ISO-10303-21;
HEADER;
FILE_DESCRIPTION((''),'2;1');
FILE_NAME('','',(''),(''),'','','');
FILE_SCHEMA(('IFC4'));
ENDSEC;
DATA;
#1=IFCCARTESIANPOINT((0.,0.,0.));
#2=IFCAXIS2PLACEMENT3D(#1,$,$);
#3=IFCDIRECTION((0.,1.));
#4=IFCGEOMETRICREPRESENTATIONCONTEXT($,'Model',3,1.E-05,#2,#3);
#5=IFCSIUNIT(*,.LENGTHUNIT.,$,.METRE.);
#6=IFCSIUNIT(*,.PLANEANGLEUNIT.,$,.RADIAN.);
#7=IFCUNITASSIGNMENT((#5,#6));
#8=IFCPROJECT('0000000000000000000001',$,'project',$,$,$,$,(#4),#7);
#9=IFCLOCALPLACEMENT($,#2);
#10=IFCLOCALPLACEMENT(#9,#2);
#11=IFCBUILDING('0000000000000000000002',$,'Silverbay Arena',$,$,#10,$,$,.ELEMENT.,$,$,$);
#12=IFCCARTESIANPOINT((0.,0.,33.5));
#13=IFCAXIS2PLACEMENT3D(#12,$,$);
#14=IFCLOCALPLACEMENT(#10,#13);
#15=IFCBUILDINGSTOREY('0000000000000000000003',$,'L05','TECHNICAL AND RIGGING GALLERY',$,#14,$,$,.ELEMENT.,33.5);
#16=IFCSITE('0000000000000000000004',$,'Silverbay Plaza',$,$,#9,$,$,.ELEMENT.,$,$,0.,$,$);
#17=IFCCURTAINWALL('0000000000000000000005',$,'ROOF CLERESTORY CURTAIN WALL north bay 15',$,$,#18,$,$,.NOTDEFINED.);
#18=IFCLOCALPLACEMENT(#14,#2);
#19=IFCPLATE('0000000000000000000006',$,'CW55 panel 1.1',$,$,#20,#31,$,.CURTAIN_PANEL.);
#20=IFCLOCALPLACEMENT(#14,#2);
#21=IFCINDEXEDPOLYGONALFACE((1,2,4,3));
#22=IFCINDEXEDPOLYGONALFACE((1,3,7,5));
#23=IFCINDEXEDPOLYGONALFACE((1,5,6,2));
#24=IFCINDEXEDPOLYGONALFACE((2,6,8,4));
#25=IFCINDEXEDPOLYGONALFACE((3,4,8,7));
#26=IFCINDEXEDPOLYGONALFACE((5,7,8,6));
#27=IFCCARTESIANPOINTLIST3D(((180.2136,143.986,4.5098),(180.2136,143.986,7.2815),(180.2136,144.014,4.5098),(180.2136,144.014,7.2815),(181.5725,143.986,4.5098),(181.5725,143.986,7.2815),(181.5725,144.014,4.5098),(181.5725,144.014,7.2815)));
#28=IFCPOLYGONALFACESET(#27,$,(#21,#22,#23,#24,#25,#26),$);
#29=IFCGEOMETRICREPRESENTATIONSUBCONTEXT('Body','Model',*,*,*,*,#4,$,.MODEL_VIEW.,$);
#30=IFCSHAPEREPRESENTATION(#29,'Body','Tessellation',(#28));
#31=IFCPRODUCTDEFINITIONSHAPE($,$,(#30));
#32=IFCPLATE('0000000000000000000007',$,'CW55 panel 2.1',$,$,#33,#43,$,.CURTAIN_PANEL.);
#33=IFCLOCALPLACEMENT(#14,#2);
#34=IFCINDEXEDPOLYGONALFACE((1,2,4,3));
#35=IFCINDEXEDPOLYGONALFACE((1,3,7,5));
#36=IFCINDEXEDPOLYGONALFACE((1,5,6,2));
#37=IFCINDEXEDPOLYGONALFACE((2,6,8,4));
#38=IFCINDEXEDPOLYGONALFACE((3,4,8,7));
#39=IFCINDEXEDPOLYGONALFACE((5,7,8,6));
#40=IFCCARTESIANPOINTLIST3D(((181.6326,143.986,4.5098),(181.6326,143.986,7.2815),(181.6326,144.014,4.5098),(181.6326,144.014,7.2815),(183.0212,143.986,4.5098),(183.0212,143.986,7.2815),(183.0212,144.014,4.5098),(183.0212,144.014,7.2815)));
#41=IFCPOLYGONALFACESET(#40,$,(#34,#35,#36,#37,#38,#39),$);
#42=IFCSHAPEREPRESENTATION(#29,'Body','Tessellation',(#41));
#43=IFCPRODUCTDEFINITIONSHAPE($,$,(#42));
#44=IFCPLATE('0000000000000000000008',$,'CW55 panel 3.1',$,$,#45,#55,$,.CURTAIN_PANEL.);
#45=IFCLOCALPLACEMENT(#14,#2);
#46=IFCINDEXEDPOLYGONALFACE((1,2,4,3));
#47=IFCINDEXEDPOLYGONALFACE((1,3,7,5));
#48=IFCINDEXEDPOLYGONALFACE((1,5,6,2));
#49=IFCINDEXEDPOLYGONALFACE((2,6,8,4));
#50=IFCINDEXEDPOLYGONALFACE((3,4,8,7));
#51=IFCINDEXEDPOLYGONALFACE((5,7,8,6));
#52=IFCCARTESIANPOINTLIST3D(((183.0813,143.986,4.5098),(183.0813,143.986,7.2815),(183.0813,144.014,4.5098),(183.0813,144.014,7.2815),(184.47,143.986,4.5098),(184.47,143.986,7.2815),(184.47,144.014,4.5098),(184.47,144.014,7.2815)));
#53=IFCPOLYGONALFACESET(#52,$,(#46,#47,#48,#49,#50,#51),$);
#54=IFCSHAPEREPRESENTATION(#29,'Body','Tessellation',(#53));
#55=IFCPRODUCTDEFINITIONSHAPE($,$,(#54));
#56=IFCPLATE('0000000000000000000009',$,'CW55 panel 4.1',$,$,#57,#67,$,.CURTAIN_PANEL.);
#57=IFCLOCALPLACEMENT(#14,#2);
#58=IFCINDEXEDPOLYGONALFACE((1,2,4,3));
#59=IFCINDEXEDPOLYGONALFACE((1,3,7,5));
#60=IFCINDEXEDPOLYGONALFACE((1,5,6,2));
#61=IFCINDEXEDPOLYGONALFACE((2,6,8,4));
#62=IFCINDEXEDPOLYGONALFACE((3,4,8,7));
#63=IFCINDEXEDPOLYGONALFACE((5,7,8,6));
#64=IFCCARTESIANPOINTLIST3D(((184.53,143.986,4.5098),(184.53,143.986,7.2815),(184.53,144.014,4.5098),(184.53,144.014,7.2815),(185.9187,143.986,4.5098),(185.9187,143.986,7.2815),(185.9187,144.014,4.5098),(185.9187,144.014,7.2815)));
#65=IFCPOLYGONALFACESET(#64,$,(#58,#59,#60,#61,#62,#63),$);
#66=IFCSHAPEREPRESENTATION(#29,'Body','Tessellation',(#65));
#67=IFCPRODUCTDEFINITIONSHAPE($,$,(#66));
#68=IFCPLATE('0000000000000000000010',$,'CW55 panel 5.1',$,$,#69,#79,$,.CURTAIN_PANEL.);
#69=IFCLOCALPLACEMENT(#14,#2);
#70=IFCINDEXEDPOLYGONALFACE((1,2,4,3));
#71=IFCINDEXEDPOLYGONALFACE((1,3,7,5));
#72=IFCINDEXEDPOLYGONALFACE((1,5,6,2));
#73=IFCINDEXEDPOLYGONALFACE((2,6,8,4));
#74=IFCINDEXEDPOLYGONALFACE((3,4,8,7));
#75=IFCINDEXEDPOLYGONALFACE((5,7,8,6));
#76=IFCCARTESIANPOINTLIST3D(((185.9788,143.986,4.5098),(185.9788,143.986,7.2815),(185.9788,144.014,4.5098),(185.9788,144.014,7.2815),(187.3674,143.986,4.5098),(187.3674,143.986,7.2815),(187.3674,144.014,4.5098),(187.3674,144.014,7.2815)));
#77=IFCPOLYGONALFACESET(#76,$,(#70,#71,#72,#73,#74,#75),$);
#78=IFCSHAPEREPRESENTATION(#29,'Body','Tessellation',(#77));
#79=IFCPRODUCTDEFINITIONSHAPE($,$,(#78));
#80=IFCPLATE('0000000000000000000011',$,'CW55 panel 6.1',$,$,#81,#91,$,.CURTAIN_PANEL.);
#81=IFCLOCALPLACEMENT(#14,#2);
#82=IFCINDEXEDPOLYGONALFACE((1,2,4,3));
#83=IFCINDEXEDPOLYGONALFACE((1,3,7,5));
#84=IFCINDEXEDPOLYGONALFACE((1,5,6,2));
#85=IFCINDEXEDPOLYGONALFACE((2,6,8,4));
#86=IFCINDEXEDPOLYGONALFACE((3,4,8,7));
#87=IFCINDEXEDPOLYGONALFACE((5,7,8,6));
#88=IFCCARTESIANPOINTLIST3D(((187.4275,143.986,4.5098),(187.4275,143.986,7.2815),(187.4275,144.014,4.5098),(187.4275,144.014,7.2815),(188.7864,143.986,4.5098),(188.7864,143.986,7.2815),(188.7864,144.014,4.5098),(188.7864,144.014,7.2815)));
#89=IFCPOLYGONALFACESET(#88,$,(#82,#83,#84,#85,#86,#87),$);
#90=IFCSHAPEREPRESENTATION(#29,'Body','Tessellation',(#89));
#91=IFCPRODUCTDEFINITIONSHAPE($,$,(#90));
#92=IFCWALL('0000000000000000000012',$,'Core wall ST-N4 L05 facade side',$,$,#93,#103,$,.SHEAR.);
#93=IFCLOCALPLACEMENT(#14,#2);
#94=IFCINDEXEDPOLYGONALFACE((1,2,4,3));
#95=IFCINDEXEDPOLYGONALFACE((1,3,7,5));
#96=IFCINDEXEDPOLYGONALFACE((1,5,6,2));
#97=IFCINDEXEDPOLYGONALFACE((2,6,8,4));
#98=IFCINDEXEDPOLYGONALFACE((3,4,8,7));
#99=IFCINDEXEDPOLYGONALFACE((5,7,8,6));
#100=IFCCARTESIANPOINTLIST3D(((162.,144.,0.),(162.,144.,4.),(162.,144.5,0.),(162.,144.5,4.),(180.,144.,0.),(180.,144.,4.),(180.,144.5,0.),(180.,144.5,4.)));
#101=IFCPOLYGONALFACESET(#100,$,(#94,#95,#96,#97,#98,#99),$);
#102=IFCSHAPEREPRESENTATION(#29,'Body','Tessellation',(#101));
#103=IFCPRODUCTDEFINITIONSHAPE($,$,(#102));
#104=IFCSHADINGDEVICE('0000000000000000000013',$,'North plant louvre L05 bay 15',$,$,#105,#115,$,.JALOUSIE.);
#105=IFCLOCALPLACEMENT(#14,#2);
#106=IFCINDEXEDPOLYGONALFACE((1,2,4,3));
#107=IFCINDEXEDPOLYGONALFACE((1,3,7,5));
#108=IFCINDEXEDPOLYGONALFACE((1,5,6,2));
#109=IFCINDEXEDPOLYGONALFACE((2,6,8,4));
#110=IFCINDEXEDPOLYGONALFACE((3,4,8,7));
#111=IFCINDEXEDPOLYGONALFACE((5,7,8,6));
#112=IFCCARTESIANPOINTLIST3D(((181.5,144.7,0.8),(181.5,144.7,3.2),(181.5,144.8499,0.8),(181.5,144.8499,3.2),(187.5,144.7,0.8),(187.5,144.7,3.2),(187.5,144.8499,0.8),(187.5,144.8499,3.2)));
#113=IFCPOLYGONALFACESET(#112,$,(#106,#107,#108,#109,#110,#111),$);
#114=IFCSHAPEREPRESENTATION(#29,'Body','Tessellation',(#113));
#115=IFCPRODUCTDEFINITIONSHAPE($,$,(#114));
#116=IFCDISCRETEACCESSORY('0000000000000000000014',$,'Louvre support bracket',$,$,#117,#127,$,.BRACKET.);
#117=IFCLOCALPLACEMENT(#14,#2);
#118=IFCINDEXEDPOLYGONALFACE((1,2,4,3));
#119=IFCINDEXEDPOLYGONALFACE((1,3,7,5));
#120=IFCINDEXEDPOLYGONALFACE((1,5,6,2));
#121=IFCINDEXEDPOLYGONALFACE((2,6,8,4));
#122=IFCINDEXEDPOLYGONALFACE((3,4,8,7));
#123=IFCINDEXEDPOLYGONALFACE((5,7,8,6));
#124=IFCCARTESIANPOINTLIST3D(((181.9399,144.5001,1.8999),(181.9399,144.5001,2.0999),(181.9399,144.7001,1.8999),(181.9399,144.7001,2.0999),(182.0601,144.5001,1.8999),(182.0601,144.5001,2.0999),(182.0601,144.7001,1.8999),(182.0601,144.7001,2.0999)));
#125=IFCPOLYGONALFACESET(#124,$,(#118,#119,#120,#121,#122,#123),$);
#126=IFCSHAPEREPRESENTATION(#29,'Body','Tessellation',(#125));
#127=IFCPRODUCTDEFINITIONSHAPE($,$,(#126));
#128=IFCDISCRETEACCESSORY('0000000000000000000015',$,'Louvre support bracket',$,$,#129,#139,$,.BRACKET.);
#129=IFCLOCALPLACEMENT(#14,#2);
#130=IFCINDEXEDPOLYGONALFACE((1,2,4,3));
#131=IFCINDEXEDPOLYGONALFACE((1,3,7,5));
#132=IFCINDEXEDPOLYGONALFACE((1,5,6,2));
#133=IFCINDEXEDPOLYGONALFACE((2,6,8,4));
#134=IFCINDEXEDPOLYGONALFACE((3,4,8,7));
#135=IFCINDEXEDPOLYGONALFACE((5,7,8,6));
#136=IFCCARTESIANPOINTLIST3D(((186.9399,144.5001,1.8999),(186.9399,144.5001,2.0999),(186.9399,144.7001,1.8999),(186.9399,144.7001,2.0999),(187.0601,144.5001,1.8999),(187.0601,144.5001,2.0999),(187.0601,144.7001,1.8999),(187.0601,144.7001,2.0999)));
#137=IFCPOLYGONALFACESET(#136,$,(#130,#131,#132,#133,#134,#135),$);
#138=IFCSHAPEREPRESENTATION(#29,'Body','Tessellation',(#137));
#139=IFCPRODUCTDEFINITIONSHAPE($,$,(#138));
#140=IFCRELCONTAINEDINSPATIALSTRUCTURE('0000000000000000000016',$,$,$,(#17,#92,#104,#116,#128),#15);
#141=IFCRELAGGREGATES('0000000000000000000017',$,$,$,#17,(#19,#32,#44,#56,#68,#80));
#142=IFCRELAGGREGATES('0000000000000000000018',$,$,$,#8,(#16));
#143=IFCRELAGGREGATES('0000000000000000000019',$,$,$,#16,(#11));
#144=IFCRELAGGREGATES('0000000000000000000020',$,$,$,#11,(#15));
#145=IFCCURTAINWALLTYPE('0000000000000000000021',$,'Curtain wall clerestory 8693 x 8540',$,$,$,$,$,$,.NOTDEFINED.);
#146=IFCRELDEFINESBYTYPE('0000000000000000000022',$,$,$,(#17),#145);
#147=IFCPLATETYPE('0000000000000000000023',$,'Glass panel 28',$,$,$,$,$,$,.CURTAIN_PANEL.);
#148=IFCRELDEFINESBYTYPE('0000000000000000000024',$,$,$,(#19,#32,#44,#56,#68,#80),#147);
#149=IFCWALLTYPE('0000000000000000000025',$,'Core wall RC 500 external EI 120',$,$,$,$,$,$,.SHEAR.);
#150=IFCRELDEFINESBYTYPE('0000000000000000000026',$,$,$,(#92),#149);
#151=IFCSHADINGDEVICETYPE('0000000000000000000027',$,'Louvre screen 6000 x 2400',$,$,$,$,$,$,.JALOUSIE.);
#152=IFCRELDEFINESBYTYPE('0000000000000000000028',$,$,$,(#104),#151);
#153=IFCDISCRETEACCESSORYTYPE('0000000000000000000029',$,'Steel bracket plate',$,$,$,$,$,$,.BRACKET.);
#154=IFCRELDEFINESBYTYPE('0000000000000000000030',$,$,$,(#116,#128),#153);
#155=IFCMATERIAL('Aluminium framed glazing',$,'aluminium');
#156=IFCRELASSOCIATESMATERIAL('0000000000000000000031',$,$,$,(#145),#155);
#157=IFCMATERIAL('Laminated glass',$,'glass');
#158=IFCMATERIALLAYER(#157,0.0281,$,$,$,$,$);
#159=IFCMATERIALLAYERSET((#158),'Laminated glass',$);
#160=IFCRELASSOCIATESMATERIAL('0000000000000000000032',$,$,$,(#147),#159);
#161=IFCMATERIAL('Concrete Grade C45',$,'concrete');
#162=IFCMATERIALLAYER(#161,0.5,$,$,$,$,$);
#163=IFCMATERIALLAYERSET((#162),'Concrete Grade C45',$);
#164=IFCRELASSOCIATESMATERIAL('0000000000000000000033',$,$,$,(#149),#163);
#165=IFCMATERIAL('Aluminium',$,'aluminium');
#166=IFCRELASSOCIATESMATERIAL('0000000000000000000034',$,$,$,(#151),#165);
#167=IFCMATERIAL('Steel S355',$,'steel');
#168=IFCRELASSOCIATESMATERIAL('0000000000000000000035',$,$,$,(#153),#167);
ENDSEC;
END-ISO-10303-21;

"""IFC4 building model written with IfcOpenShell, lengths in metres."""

from ifc_helpers import new_model, si_unit, direction, frame, frame_2d, origin, origin_2d, place, context, subcontext, project, spatial, rectangle, extrude, material, layer, layer_set, type_object, element, aggregate, save


model = new_model("IFC4")

# Units and contexts
model_context = context("Model", 3, precision=1e-05, world=origin(), true_north=direction((0.0, 1.0)))
body_context = subcontext(model_context, "Body", "Model", "MODEL_VIEW")
ifc_project = project(units=[si_unit("LENGTHUNIT", "METRE"), si_unit("PLANEANGLEUNIT", "RADIAN")], contexts=[model_context])

# Site, building, storey
site_placement = place(None, origin())
site = spatial("IfcSite", under=ifc_project, at=site_placement, Name="Silverbay Plaza", CompositionType="ELEMENT", RefElevation=0.0)
building_placement = place(site_placement, origin())
building = spatial("IfcBuilding", under=site, at=building_placement, Name="Silverbay Arena", CompositionType="ELEMENT")
storey_placement = place(building_placement, frame((0.0, 0.0, 33.5)))
storey = spatial("IfcBuildingStorey", under=building, at=storey_placement, Name="L05", Description="TECHNICAL AND RIGGING GALLERY", CompositionType="ELEMENT", Elevation=33.5)

# Curtain wall
ifc_material_1 = material(Name="Aluminium framed glazing", Category="aluminium")
curtain_wall_type = type_object("IfcCurtainWallType", Name="Curtain wall clerestory 8693 x 8540", PredefinedType="NOTDEFINED", material=ifc_material_1)
curtain_wall_placement = place(storey_placement, origin())
curtain_wall = element("IfcCurtainWall", 1, at=curtain_wall_placement, inside=storey, type_object=curtain_wall_type, Name="ROOF CLERESTORY CURTAIN WALL north bay 15", PredefinedType="NOTDEFINED")

# Plates
ifc_material_2 = material(Name="Laminated glass", Category="glass")
ifc_layer_1 = layer(ifc_material_2, 0.0281)
ifc_layer_set_1 = layer_set([ifc_layer_1], Name="Laminated glass")
plate_type = type_object("IfcPlateType", Name="Glass panel 28", PredefinedType="CURTAIN_PANEL", material=ifc_layer_set_1)
plate_1_placement = place(storey_placement, frame((180.8931, 144.0, 4.5098), z_axis=(0.0, 0.0, 1.0), x_axis=(1.0, 0.0, 0.0)))
plate_1 = element("IfcPlate", 2, at=plate_1_placement, type_object=plate_type, Name="CW55 panel 1.1", PredefinedType="CURTAIN_PANEL", context=body_context, shape_type="SweptSolid", body=[
    extrude(rectangle(XDim=1.3589, YDim=0.0281, at=origin_2d()), origin(), (0.0, 0.0, 1.0), 2.7717),
])
plate_2_placement = place(storey_placement, frame((182.3269, 144.0, 4.5098), z_axis=(0.0, 0.0, 1.0), x_axis=(1.0, 0.0, 0.0)))
plate_2 = element("IfcPlate", 3, at=plate_2_placement, type_object=plate_type, Name="CW55 panel 2.1", PredefinedType="CURTAIN_PANEL", context=body_context, shape_type="SweptSolid", body=[
    extrude(rectangle(XDim=1.3887, YDim=0.0281, at=origin_2d()), origin(), (0.0, 0.0, 1.0), 2.7717),
])
plate_3_placement = place(storey_placement, frame((183.7756, 144.0, 4.5098), z_axis=(0.0, 0.0, 1.0), x_axis=(1.0, 0.0, 0.0)))
plate_3 = element("IfcPlate", 4, at=plate_3_placement, type_object=plate_type, Name="CW55 panel 3.1", PredefinedType="CURTAIN_PANEL", context=body_context, shape_type="SweptSolid", body=[
    extrude(rectangle(XDim=1.3887, YDim=0.0281, at=origin_2d()), origin(), (0.0, 0.0, 1.0), 2.7717),
])
plate_4_placement = place(storey_placement, frame((185.2244, 144.0, 4.5098), z_axis=(0.0, 0.0, 1.0), x_axis=(1.0, 0.0, 0.0)))
plate_4 = element("IfcPlate", 5, at=plate_4_placement, type_object=plate_type, Name="CW55 panel 4.1", PredefinedType="CURTAIN_PANEL", context=body_context, shape_type="SweptSolid", body=[
    extrude(rectangle(XDim=1.3887, YDim=0.0281, at=origin_2d()), origin(), (0.0, 0.0, 1.0), 2.7717),
])
plate_5_placement = place(storey_placement, frame((186.6731, 144.0, 4.5098), z_axis=(0.0, 0.0, 1.0), x_axis=(1.0, 0.0, 0.0)))
plate_5 = element("IfcPlate", 6, at=plate_5_placement, type_object=plate_type, Name="CW55 panel 5.1", PredefinedType="CURTAIN_PANEL", context=body_context, shape_type="SweptSolid", body=[
    extrude(rectangle(XDim=1.3887, YDim=0.0281, at=origin_2d()), origin(), (0.0, 0.0, 1.0), 2.7717),
])
plate_6_placement = place(storey_placement, frame((188.1069, 144.0, 4.5098), z_axis=(0.0, 0.0, 1.0), x_axis=(1.0, 0.0, 0.0)))
plate_6 = element("IfcPlate", 7, at=plate_6_placement, type_object=plate_type, Name="CW55 panel 6.1", PredefinedType="CURTAIN_PANEL", context=body_context, shape_type="SweptSolid", body=[
    extrude(rectangle(XDim=1.3589, YDim=0.0281, at=origin_2d()), origin(), (0.0, 0.0, 1.0), 2.7717),
])
aggregate(curtain_wall, [plate_1, plate_2, plate_3, plate_4, plate_5, plate_6])

# Wall
ifc_material_3 = material(Name="Concrete Grade C45", Category="concrete")
ifc_layer_2 = layer(ifc_material_3, 0.5)
ifc_layer_set_2 = layer_set([ifc_layer_2], Name="Concrete Grade C45")
wall_type = type_object("IfcWallType", Name="Core wall RC 500 external EI 120", PredefinedType="SHEAR", material=ifc_layer_set_2)
wall_placement = place(storey_placement, frame((180.0, 144.25, 0.0), z_axis=(0.0, 0.0, 1.0), x_axis=(-1.0, 0.0, 0.0)))
element("IfcWall", 8, at=wall_placement, inside=storey, type_object=wall_type, Name="Core wall ST-N4 L05 facade side", PredefinedType="SHEAR", context=body_context, shape_type="SweptSolid", body=[
    extrude(rectangle(XDim=18.0, YDim=0.5, at=frame_2d((9.0, 0.0))), origin(), (0.0, 0.0, 1.0), 4.0),
])

# Shading device
ifc_material_4 = material(Name="Aluminium", Category="aluminium")
shading_device_type = type_object("IfcShadingDeviceType", Name="Louvre screen 6000 x 2400", PredefinedType="JALOUSIE", material=ifc_material_4)
shading_device_placement = place(storey_placement, frame((184.5, 144.7749, 0.8), z_axis=(0.0, 0.0, 1.0), x_axis=(1.0, 0.0, 0.0)))
element("IfcShadingDevice", 9, at=shading_device_placement, inside=storey, type_object=shading_device_type, Name="North plant louvre L05 bay 15", PredefinedType="JALOUSIE", context=body_context, shape_type="SweptSolid", body=[
    extrude(rectangle(XDim=6.0, YDim=0.1499, at=origin_2d()), origin(), (0.0, 0.0, 1.0), 2.3999),
])

# Discrete accessories
ifc_material_5 = material(Name="Steel S355", Category="steel")
discrete_accessory_type = type_object("IfcDiscreteAccessoryType", Name="Steel bracket plate", PredefinedType="BRACKET", material=ifc_material_5)
for number, where, z_axis, x_axis, name in (
    (10, (182.0, 144.6001, 1.8999), (0.0, 0.0, 1.0), (1.0, 0.0, 0.0), "Louvre support bracket"),
    (11, (187.0, 144.6001, 1.8999), (0.0, 0.0, 1.0), (1.0, 0.0, 0.0), "Louvre support bracket"),
):
    element("IfcDiscreteAccessory", number, at=place(storey_placement, frame(where, z_axis=z_axis, x_axis=x_axis)), inside=storey, type_object=discrete_accessory_type, Name=name, PredefinedType="BRACKET", context=body_context, shape_type="SweptSolid", body=[
        extrude(rectangle(XDim=0.1201, YDim=0.2, at=origin_2d()), origin(), (0.0, 0.0, 1.0), 0.2),
    ])

save(model, "model.ifc")
